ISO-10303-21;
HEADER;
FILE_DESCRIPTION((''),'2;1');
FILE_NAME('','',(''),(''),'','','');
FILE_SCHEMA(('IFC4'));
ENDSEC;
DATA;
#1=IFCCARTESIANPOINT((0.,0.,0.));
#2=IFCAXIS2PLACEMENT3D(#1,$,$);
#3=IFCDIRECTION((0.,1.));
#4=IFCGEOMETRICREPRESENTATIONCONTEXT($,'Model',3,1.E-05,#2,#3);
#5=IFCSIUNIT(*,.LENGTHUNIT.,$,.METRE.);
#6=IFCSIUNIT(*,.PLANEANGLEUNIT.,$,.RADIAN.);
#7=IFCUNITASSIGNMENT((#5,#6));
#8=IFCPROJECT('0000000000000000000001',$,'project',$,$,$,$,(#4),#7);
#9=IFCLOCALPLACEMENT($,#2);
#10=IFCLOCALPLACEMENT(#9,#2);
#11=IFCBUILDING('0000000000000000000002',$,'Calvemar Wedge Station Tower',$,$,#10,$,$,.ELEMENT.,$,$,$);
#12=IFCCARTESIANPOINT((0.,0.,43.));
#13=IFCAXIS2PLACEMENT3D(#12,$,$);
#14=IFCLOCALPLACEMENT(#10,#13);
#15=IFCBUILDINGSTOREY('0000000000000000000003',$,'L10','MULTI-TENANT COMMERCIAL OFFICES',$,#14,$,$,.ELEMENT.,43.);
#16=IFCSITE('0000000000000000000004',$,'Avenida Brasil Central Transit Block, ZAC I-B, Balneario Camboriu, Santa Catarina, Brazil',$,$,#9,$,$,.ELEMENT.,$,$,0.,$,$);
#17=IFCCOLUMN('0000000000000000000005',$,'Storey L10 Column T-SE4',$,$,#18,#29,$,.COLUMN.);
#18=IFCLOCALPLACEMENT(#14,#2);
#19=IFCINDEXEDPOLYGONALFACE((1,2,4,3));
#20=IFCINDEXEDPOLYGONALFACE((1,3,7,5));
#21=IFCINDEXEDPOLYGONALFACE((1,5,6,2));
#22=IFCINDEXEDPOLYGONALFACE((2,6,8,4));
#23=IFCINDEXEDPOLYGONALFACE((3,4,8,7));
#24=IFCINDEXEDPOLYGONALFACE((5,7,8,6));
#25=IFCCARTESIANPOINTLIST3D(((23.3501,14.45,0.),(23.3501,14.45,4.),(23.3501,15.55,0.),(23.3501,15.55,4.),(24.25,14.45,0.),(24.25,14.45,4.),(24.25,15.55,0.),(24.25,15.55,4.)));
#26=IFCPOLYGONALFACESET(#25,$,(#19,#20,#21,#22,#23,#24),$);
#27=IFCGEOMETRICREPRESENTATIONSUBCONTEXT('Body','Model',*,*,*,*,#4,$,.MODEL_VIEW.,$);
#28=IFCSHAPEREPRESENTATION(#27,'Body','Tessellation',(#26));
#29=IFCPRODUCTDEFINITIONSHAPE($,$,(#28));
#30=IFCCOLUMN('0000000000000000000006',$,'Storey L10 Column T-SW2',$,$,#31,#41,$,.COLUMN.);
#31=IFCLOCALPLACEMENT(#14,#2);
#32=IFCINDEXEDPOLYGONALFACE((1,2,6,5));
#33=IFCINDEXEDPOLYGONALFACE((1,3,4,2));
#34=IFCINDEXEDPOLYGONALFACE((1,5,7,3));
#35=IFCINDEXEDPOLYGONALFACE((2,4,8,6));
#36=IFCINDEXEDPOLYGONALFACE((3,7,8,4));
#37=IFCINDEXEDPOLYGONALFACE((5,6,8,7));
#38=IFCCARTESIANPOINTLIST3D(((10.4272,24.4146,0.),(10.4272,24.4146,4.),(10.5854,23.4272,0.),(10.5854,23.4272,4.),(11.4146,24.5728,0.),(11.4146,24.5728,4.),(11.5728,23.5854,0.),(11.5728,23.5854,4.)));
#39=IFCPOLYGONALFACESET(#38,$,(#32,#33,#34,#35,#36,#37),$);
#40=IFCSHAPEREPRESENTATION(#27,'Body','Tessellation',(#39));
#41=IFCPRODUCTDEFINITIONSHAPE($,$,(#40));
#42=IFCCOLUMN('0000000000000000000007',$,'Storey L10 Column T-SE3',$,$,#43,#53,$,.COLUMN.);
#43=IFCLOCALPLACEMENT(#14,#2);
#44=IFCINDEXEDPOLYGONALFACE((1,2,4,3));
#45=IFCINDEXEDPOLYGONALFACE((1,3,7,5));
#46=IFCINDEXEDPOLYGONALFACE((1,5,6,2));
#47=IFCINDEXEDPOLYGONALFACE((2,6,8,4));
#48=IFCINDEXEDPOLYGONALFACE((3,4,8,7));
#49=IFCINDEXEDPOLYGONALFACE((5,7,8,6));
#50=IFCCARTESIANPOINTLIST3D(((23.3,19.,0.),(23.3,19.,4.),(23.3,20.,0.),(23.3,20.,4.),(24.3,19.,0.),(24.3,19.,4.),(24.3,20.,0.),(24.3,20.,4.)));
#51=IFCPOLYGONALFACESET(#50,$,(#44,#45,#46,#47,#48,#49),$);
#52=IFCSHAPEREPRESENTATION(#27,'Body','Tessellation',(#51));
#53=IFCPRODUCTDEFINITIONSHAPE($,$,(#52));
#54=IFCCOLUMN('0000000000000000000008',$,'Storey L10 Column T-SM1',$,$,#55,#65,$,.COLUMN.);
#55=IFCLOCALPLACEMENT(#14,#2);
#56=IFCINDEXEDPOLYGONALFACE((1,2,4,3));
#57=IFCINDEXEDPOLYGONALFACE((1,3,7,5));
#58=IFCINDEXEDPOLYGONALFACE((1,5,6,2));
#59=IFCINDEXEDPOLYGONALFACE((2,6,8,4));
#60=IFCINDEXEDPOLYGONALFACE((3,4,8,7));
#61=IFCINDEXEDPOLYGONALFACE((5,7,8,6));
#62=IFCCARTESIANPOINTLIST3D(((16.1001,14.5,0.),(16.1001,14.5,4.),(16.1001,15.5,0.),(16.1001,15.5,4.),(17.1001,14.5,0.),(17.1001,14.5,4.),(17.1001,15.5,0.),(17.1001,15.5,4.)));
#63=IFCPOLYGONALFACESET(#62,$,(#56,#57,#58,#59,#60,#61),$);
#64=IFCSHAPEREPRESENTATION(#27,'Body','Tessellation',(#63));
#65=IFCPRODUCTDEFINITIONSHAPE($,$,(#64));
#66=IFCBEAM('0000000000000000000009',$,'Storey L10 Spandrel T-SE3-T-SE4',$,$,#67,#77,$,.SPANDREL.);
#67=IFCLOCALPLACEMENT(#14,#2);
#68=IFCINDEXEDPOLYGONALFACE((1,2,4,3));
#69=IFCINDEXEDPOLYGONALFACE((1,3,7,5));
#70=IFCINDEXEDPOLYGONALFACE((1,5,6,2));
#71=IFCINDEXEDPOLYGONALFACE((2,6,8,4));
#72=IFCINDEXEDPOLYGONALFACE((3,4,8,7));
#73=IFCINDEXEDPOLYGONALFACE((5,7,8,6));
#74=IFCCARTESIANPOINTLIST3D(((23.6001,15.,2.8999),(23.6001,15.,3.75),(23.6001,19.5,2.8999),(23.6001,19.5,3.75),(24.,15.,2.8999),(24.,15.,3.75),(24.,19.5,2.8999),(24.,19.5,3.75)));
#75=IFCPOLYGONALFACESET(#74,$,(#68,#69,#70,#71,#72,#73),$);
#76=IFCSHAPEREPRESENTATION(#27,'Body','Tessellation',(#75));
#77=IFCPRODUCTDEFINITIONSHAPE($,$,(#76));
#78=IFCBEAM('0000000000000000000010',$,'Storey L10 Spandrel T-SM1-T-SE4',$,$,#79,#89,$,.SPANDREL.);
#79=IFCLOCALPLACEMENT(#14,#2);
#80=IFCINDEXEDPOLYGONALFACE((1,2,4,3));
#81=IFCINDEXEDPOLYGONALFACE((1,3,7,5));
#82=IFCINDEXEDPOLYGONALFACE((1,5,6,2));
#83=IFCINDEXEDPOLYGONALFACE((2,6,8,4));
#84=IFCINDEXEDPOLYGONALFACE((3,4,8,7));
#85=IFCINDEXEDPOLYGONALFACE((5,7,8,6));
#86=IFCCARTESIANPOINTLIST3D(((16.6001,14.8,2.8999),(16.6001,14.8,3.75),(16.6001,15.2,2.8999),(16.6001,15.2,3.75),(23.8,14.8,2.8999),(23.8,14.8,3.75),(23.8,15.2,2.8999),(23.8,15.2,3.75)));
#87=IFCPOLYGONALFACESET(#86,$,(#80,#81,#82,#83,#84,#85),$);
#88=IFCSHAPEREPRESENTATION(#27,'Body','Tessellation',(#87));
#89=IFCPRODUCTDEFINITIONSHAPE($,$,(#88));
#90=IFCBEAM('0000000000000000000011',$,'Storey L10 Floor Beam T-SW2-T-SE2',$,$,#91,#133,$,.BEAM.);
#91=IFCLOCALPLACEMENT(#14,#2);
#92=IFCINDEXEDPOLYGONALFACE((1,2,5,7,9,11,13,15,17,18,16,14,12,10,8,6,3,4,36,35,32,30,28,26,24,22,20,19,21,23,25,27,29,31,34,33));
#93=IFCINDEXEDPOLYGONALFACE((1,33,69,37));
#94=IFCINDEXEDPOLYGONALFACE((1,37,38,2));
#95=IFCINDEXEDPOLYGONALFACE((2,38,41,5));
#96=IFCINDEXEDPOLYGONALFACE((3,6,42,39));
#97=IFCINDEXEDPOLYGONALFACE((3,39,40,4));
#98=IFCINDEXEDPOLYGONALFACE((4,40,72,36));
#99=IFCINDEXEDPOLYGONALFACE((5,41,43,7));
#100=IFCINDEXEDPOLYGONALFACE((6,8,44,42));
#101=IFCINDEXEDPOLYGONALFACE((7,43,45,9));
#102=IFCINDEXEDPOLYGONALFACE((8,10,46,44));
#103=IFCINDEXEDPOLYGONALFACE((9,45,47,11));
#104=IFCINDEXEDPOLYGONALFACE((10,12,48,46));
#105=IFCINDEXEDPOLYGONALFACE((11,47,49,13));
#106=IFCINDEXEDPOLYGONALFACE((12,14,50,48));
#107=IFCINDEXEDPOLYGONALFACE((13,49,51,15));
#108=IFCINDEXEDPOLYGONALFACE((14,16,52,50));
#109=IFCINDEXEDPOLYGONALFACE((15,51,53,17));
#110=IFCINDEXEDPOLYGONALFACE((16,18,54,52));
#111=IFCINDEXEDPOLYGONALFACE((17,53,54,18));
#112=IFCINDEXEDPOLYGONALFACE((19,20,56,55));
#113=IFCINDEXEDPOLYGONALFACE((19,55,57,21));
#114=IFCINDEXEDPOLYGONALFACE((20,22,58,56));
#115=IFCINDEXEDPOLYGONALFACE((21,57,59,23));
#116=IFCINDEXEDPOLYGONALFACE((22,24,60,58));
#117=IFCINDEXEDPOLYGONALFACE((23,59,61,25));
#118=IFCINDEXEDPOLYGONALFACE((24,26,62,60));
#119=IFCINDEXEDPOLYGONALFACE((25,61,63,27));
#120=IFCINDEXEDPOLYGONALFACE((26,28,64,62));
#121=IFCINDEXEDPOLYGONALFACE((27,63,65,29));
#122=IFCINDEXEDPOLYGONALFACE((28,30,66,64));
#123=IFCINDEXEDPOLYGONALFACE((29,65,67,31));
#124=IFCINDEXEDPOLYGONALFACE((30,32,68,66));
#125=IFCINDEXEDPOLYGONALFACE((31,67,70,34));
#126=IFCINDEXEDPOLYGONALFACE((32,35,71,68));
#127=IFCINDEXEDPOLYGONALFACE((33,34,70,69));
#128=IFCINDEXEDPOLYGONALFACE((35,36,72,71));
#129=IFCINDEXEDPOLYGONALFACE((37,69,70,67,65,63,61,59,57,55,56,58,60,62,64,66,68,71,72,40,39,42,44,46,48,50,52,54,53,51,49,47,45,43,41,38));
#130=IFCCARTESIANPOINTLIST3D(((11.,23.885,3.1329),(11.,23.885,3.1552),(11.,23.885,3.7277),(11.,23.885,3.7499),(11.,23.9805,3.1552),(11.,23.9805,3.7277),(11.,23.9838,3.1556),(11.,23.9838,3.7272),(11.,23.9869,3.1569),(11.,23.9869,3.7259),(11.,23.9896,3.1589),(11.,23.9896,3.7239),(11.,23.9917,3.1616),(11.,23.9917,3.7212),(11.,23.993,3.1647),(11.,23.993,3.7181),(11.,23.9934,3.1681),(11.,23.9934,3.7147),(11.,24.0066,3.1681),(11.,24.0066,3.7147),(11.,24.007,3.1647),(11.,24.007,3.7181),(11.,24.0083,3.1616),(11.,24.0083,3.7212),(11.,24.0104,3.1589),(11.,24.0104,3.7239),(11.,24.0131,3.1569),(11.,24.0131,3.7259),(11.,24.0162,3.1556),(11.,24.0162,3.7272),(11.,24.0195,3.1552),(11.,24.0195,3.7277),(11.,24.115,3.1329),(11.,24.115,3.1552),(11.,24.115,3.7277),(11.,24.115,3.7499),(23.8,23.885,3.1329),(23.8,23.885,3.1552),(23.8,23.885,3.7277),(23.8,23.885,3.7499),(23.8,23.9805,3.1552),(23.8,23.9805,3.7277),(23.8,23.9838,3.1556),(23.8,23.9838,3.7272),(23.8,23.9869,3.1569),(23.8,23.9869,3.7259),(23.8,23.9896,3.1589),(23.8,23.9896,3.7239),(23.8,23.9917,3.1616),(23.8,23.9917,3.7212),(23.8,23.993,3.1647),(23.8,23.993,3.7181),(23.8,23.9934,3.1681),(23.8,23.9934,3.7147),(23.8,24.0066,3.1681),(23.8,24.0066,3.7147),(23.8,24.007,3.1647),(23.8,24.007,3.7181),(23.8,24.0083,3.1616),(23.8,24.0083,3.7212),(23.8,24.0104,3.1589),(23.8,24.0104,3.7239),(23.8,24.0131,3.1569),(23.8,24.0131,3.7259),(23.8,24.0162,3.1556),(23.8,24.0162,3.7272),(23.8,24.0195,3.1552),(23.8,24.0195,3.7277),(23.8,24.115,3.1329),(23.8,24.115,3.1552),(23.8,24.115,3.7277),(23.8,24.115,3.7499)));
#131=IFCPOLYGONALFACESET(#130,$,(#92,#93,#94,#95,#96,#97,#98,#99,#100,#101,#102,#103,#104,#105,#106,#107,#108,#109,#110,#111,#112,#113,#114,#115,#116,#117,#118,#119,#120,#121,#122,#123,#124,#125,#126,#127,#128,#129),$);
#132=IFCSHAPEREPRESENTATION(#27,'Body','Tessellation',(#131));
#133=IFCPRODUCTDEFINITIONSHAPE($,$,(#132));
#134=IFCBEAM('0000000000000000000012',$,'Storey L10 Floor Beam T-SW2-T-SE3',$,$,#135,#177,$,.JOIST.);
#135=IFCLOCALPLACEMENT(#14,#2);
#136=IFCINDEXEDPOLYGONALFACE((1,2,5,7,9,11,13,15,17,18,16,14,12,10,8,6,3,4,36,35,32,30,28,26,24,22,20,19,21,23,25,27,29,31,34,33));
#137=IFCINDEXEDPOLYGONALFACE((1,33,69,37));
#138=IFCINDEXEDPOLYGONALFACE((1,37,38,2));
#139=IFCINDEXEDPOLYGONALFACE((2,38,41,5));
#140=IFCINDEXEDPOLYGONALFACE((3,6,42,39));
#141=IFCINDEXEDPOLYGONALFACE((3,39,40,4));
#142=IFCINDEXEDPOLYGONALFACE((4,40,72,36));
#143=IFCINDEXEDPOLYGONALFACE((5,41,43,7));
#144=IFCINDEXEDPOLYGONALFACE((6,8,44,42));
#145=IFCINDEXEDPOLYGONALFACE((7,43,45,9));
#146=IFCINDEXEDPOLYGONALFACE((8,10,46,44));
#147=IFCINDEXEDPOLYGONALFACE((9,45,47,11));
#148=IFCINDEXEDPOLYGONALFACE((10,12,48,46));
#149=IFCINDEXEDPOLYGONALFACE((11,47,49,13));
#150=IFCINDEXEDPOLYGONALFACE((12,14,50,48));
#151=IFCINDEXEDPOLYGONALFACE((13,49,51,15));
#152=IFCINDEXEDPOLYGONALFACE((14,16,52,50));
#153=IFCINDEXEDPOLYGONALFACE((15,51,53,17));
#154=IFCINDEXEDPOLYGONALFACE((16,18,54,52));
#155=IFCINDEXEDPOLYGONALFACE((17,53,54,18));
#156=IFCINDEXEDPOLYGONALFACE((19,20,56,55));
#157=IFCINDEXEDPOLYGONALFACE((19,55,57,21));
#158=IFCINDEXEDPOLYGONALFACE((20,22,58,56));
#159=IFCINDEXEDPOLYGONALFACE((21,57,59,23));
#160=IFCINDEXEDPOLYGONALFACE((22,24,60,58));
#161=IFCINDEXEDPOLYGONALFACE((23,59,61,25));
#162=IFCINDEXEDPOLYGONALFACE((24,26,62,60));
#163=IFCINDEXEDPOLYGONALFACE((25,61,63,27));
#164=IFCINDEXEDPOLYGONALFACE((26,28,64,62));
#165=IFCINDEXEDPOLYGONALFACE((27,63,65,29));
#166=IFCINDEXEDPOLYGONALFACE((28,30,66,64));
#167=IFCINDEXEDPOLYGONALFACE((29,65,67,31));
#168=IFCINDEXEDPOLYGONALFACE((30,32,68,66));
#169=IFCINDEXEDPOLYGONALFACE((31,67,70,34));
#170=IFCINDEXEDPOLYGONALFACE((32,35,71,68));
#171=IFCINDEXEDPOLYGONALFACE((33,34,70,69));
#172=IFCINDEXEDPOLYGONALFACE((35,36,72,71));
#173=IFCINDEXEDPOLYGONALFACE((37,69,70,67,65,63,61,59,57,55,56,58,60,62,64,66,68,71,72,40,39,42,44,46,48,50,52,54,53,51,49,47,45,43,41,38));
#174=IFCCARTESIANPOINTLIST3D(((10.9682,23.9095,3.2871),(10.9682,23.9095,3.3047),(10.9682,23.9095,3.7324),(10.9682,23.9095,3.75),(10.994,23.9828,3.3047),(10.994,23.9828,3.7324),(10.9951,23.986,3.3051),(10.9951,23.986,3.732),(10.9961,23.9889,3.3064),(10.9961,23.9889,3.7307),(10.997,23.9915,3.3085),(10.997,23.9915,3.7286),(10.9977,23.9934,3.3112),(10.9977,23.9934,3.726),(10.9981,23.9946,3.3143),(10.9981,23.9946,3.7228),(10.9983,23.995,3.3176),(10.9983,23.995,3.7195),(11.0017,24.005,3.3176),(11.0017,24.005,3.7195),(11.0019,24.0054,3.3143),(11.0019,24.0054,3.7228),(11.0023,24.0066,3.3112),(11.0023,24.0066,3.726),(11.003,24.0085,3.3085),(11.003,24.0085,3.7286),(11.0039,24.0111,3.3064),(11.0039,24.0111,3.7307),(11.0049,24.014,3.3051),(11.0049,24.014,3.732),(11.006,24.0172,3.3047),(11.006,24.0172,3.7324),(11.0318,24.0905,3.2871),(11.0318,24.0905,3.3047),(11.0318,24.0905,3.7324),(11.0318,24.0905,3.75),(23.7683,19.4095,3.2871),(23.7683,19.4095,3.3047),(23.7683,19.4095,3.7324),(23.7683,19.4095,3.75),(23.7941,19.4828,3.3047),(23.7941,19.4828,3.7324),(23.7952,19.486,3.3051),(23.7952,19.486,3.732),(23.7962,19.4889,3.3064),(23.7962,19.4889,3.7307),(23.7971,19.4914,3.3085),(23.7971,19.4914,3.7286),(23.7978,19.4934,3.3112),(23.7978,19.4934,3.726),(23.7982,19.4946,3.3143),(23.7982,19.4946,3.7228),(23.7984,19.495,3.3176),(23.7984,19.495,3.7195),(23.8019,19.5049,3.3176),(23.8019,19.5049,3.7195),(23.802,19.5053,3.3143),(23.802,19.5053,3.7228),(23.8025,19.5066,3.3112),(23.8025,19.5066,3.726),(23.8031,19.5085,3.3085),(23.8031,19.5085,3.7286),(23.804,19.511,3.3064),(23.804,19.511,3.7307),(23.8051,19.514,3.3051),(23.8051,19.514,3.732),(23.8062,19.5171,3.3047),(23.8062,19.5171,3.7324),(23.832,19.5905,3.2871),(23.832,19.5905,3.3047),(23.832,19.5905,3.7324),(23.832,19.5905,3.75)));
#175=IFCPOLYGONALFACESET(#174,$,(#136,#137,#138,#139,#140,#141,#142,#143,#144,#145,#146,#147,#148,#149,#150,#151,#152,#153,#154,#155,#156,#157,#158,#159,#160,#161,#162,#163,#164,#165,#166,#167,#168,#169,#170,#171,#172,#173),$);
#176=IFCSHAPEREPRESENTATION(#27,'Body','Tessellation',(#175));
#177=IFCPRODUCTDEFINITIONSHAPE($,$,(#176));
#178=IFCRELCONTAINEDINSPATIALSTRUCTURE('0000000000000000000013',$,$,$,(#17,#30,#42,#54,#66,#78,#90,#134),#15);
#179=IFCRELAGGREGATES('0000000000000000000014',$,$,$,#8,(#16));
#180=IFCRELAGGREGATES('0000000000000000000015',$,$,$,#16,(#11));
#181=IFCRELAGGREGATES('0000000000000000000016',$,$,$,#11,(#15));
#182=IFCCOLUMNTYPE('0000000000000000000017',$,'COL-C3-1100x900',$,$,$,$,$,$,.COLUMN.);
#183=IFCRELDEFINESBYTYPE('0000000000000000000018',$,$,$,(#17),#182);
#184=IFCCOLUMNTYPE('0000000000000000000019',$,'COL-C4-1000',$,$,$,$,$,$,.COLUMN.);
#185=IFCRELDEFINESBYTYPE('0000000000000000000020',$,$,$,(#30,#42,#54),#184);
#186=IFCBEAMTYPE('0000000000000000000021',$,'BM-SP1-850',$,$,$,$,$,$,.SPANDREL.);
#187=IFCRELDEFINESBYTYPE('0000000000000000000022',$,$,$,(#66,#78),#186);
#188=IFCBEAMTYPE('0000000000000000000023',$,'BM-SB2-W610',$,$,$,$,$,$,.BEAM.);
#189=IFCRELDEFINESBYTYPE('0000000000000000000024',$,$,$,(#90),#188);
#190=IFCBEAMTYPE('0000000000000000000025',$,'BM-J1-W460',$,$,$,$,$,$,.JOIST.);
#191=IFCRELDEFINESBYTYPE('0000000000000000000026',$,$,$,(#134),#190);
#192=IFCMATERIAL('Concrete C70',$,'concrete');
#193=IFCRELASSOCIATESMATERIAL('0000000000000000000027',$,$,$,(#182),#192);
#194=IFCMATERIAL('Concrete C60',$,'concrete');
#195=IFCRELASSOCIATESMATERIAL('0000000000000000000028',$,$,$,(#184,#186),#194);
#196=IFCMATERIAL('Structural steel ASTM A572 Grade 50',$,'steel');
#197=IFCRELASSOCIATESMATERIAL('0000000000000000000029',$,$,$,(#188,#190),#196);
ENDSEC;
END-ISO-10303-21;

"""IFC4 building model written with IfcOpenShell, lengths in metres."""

from ifc_helpers import new_model, si_unit, direction, frame, origin, origin_2d, place, context, subcontext, project, spatial, rectangle, i_section, extrude, source, transform, mapped, material, material_profile, profile_set, type_object, element, save


model = new_model("IFC4")

# Units and contexts
model_context = context("Model", 3, precision=1e-05, world=origin(), true_north=direction((0.0, 1.0)))
body_context = subcontext(model_context, "Body", "Model", "MODEL_VIEW")
ifc_project = project(units=[si_unit("LENGTHUNIT", "METRE"), si_unit("PLANEANGLEUNIT", "RADIAN")], contexts=[model_context])

# Site, building, storey
site_placement = place(None, origin())
site = spatial("IfcSite", under=ifc_project, at=site_placement, Name="Avenida Brasil Central Transit Block, ZAC I-B, Balneario Camboriu, Santa Catarina, Brazil", CompositionType="ELEMENT", RefElevation=0.0)
building_placement = place(site_placement, origin())
building = spatial("IfcBuilding", under=site, at=building_placement, Name="Calvemar Wedge Station Tower", CompositionType="ELEMENT")
storey_placement = place(building_placement, frame((0.0, 0.0, 43.0)))
storey = spatial("IfcBuildingStorey", under=building, at=storey_placement, Name="L10", Description="MULTI-TENANT COMMERCIAL OFFICES", CompositionType="ELEMENT", Elevation=43.0)

# Columns
ifc_material_1 = material(Name="Concrete C70", Category="concrete")
ifc_material_profile_1 = material_profile(ifc_material_1, rectangle(XDim=0.8999, YDim=1.1001, at=origin_2d()), Name="RC1100x900")
ifc_profile_set_1 = profile_set([ifc_material_profile_1], Name="Concrete C70")
column_type_1 = type_object("IfcColumnType", Name="COL-C3-1100x900", PredefinedType="COLUMN", material=ifc_profile_set_1)
shared_shape_1 = source(origin(), body_context, "Body", "SweptSolid", [
    extrude(rectangle(XDim=0.8999, YDim=1.1001, at=origin_2d()), origin(), (0.0, 0.0, 1.0), 4.0),
])
column_placement = place(storey_placement, frame((23.8, 15.0, 0.0), z_axis=(0.0, 0.0, 1.0), x_axis=(1.0, 0.0, 0.0)))
element("IfcColumn", 1, at=column_placement, inside=storey, type_object=column_type_1, Name="Storey L10 Column T-SE4", PredefinedType="COLUMN", context=body_context, shape_type="MappedRepresentation", body=[
    mapped(shared_shape_1, transform((0.0, 0.0, 0.0), scale=1.0)),
])
ifc_material_2 = material(Name="Concrete C60", Category="concrete")
ifc_material_profile_2 = material_profile(ifc_material_2, rectangle(XDim=1.0, YDim=1.0, at=origin_2d()), Name="RC1000x1000")
ifc_profile_set_2 = profile_set([ifc_material_profile_2], Name="Concrete C60")
column_type_2 = type_object("IfcColumnType", Name="COL-C4-1000", PredefinedType="COLUMN", material=ifc_profile_set_2)
shared_shape_2 = source(origin(), body_context, "Body", "SweptSolid", [
    extrude(rectangle(XDim=1.0, YDim=1.0, at=origin_2d()), origin(), (0.0, 0.0, 1.0), 4.0),
])
for number, where, z_axis, x_axis, name in (
    (2, (11.0, 24.0, 0.0), (0.0, 0.0, 1.0), (0.158158, -0.987414, 0.0), "Storey L10 Column T-SW2"),
    (3, (23.8, 19.5, 0.0), (0.0, 0.0, 1.0), (1.0, 0.0, 0.0), "Storey L10 Column T-SE3"),
    (4, (16.6001, 15.0, 0.0), (0.0, 0.0, 1.0), (1.0, 0.0, 0.0), "Storey L10 Column T-SM1"),
):
    element("IfcColumn", number, at=place(storey_placement, frame(where, z_axis=z_axis, x_axis=x_axis)), inside=storey, type_object=column_type_2, Name=name, PredefinedType="COLUMN", context=body_context, shape_type="MappedRepresentation", body=[
        mapped(shared_shape_2, transform((0.0, 0.0, 0.0), scale=1.0)),
    ])

# Beams
ifc_material_profile_3 = material_profile(ifc_material_2, rectangle(XDim=0.3999, YDim=0.8501, at=origin_2d()), Name="RC400x850")
ifc_profile_set_3 = profile_set([ifc_material_profile_3], Name="Concrete C60")
beam_type_1 = type_object("IfcBeamType", Name="BM-SP1-850", PredefinedType="SPANDREL", material=ifc_profile_set_3)
shared_shape_3 = source(origin(), body_context, "Body", "SweptSolid", [
    extrude(rectangle(XDim=0.3999, YDim=0.8501, at=origin_2d()), origin(), (0.0, 0.0, 1.0), 4.5),
])
beam_1_placement = place(storey_placement, frame((23.8, 19.5, 3.325), z_axis=(0.0, -1.0, 0.0), x_axis=(1.0, 0.0, 0.0)))
element("IfcBeam", 5, at=beam_1_placement, inside=storey, type_object=beam_type_1, Name="Storey L10 Spandrel T-SE3-T-SE4", PredefinedType="SPANDREL", context=body_context, shape_type="MappedRepresentation", body=[
    mapped(shared_shape_3, transform((0.0, 0.0, 0.0), scale=1.0)),
])
shared_shape_4 = source(origin(), body_context, "Body", "SweptSolid", [
    extrude(rectangle(XDim=0.3999, YDim=0.8501, at=origin_2d()), origin(), (0.0, 0.0, 1.0), 7.2),
])
beam_2_placement = place(storey_placement, frame((16.6001, 15.0, 3.325), z_axis=(1.0, 0.0, 0.0), x_axis=(0.0, 1.0, 0.0)))
element("IfcBeam", 6, at=beam_2_placement, inside=storey, type_object=beam_type_1, Name="Storey L10 Spandrel T-SM1-T-SE4", PredefinedType="SPANDREL", context=body_context, shape_type="MappedRepresentation", body=[
    mapped(shared_shape_4, transform((0.0, 0.0, 0.0), scale=1.0)),
])
ifc_material_3 = material(Name="Structural steel ASTM A572 Grade 50", Category="steel")
ifc_material_profile_4 = material_profile(ifc_material_3, i_section(OverallWidth=0.23, OverallDepth=0.6169, WebThickness=0.0132, FlangeThickness=0.0222, FilletRadius=0.0129, at=origin_2d()), Name="W610x140")
ifc_profile_set_4 = profile_set([ifc_material_profile_4], Name="Structural steel ASTM A572 Grade 50")
beam_type_2 = type_object("IfcBeamType", Name="BM-SB2-W610", PredefinedType="BEAM", material=ifc_profile_set_4)
shared_shape_5 = source(origin(), body_context, "Body", "SweptSolid", [
    extrude(i_section(OverallWidth=0.23, OverallDepth=0.6169, WebThickness=0.0132, FlangeThickness=0.0222, FilletRadius=0.0129, at=origin_2d()), origin(), (0.0, 0.0, 1.0), 12.8),
])
beam_3_placement = place(storey_placement, frame((11.0, 24.0, 3.4414), z_axis=(1.0, 0.0, 0.0), x_axis=(0.0, 1.0, 0.0)))
element("IfcBeam", 7, at=beam_3_placement, inside=storey, type_object=beam_type_2, Name="Storey L10 Floor Beam T-SW2-T-SE2", PredefinedType="BEAM", context=body_context, shape_type="MappedRepresentation", body=[
    mapped(shared_shape_5, transform((0.0, 0.0, 0.0), scale=1.0)),
])
ifc_material_profile_5 = material_profile(ifc_material_3, i_section(OverallWidth=0.1919, OverallDepth=0.4629, WebThickness=0.0105, FlangeThickness=0.0176, FilletRadius=0.0129, at=origin_2d()), Name="W460x89")
ifc_profile_set_5 = profile_set([ifc_material_profile_5], Name="Structural steel ASTM A572 Grade 50")
beam_type_3 = type_object("IfcBeamType", Name="BM-J1-W460", PredefinedType="JOIST", material=ifc_profile_set_5)
shared_shape_6 = source(origin(), body_context, "Body", "SweptSolid", [
    extrude(i_section(OverallWidth=0.1919, OverallDepth=0.4629, WebThickness=0.0105, FlangeThickness=0.0176, FilletRadius=0.0129, at=origin_2d()), origin(), (0.0, 0.0, 1.0), 13.5681),
])
beam_4_placement = place(storey_placement, frame((11.0, 24.0, 3.5186), z_axis=(0.943398, -0.331662, 0.0), x_axis=(0.331662, 0.943398, 0.0)))
element("IfcBeam", 8, at=beam_4_placement, inside=storey, type_object=beam_type_3, Name="Storey L10 Floor Beam T-SW2-T-SE3", PredefinedType="JOIST", context=body_context, shape_type="MappedRepresentation", body=[
    mapped(shared_shape_6, transform((0.0, 0.0, 0.0), scale=1.0)),
])

save(model, "model.ifc")
